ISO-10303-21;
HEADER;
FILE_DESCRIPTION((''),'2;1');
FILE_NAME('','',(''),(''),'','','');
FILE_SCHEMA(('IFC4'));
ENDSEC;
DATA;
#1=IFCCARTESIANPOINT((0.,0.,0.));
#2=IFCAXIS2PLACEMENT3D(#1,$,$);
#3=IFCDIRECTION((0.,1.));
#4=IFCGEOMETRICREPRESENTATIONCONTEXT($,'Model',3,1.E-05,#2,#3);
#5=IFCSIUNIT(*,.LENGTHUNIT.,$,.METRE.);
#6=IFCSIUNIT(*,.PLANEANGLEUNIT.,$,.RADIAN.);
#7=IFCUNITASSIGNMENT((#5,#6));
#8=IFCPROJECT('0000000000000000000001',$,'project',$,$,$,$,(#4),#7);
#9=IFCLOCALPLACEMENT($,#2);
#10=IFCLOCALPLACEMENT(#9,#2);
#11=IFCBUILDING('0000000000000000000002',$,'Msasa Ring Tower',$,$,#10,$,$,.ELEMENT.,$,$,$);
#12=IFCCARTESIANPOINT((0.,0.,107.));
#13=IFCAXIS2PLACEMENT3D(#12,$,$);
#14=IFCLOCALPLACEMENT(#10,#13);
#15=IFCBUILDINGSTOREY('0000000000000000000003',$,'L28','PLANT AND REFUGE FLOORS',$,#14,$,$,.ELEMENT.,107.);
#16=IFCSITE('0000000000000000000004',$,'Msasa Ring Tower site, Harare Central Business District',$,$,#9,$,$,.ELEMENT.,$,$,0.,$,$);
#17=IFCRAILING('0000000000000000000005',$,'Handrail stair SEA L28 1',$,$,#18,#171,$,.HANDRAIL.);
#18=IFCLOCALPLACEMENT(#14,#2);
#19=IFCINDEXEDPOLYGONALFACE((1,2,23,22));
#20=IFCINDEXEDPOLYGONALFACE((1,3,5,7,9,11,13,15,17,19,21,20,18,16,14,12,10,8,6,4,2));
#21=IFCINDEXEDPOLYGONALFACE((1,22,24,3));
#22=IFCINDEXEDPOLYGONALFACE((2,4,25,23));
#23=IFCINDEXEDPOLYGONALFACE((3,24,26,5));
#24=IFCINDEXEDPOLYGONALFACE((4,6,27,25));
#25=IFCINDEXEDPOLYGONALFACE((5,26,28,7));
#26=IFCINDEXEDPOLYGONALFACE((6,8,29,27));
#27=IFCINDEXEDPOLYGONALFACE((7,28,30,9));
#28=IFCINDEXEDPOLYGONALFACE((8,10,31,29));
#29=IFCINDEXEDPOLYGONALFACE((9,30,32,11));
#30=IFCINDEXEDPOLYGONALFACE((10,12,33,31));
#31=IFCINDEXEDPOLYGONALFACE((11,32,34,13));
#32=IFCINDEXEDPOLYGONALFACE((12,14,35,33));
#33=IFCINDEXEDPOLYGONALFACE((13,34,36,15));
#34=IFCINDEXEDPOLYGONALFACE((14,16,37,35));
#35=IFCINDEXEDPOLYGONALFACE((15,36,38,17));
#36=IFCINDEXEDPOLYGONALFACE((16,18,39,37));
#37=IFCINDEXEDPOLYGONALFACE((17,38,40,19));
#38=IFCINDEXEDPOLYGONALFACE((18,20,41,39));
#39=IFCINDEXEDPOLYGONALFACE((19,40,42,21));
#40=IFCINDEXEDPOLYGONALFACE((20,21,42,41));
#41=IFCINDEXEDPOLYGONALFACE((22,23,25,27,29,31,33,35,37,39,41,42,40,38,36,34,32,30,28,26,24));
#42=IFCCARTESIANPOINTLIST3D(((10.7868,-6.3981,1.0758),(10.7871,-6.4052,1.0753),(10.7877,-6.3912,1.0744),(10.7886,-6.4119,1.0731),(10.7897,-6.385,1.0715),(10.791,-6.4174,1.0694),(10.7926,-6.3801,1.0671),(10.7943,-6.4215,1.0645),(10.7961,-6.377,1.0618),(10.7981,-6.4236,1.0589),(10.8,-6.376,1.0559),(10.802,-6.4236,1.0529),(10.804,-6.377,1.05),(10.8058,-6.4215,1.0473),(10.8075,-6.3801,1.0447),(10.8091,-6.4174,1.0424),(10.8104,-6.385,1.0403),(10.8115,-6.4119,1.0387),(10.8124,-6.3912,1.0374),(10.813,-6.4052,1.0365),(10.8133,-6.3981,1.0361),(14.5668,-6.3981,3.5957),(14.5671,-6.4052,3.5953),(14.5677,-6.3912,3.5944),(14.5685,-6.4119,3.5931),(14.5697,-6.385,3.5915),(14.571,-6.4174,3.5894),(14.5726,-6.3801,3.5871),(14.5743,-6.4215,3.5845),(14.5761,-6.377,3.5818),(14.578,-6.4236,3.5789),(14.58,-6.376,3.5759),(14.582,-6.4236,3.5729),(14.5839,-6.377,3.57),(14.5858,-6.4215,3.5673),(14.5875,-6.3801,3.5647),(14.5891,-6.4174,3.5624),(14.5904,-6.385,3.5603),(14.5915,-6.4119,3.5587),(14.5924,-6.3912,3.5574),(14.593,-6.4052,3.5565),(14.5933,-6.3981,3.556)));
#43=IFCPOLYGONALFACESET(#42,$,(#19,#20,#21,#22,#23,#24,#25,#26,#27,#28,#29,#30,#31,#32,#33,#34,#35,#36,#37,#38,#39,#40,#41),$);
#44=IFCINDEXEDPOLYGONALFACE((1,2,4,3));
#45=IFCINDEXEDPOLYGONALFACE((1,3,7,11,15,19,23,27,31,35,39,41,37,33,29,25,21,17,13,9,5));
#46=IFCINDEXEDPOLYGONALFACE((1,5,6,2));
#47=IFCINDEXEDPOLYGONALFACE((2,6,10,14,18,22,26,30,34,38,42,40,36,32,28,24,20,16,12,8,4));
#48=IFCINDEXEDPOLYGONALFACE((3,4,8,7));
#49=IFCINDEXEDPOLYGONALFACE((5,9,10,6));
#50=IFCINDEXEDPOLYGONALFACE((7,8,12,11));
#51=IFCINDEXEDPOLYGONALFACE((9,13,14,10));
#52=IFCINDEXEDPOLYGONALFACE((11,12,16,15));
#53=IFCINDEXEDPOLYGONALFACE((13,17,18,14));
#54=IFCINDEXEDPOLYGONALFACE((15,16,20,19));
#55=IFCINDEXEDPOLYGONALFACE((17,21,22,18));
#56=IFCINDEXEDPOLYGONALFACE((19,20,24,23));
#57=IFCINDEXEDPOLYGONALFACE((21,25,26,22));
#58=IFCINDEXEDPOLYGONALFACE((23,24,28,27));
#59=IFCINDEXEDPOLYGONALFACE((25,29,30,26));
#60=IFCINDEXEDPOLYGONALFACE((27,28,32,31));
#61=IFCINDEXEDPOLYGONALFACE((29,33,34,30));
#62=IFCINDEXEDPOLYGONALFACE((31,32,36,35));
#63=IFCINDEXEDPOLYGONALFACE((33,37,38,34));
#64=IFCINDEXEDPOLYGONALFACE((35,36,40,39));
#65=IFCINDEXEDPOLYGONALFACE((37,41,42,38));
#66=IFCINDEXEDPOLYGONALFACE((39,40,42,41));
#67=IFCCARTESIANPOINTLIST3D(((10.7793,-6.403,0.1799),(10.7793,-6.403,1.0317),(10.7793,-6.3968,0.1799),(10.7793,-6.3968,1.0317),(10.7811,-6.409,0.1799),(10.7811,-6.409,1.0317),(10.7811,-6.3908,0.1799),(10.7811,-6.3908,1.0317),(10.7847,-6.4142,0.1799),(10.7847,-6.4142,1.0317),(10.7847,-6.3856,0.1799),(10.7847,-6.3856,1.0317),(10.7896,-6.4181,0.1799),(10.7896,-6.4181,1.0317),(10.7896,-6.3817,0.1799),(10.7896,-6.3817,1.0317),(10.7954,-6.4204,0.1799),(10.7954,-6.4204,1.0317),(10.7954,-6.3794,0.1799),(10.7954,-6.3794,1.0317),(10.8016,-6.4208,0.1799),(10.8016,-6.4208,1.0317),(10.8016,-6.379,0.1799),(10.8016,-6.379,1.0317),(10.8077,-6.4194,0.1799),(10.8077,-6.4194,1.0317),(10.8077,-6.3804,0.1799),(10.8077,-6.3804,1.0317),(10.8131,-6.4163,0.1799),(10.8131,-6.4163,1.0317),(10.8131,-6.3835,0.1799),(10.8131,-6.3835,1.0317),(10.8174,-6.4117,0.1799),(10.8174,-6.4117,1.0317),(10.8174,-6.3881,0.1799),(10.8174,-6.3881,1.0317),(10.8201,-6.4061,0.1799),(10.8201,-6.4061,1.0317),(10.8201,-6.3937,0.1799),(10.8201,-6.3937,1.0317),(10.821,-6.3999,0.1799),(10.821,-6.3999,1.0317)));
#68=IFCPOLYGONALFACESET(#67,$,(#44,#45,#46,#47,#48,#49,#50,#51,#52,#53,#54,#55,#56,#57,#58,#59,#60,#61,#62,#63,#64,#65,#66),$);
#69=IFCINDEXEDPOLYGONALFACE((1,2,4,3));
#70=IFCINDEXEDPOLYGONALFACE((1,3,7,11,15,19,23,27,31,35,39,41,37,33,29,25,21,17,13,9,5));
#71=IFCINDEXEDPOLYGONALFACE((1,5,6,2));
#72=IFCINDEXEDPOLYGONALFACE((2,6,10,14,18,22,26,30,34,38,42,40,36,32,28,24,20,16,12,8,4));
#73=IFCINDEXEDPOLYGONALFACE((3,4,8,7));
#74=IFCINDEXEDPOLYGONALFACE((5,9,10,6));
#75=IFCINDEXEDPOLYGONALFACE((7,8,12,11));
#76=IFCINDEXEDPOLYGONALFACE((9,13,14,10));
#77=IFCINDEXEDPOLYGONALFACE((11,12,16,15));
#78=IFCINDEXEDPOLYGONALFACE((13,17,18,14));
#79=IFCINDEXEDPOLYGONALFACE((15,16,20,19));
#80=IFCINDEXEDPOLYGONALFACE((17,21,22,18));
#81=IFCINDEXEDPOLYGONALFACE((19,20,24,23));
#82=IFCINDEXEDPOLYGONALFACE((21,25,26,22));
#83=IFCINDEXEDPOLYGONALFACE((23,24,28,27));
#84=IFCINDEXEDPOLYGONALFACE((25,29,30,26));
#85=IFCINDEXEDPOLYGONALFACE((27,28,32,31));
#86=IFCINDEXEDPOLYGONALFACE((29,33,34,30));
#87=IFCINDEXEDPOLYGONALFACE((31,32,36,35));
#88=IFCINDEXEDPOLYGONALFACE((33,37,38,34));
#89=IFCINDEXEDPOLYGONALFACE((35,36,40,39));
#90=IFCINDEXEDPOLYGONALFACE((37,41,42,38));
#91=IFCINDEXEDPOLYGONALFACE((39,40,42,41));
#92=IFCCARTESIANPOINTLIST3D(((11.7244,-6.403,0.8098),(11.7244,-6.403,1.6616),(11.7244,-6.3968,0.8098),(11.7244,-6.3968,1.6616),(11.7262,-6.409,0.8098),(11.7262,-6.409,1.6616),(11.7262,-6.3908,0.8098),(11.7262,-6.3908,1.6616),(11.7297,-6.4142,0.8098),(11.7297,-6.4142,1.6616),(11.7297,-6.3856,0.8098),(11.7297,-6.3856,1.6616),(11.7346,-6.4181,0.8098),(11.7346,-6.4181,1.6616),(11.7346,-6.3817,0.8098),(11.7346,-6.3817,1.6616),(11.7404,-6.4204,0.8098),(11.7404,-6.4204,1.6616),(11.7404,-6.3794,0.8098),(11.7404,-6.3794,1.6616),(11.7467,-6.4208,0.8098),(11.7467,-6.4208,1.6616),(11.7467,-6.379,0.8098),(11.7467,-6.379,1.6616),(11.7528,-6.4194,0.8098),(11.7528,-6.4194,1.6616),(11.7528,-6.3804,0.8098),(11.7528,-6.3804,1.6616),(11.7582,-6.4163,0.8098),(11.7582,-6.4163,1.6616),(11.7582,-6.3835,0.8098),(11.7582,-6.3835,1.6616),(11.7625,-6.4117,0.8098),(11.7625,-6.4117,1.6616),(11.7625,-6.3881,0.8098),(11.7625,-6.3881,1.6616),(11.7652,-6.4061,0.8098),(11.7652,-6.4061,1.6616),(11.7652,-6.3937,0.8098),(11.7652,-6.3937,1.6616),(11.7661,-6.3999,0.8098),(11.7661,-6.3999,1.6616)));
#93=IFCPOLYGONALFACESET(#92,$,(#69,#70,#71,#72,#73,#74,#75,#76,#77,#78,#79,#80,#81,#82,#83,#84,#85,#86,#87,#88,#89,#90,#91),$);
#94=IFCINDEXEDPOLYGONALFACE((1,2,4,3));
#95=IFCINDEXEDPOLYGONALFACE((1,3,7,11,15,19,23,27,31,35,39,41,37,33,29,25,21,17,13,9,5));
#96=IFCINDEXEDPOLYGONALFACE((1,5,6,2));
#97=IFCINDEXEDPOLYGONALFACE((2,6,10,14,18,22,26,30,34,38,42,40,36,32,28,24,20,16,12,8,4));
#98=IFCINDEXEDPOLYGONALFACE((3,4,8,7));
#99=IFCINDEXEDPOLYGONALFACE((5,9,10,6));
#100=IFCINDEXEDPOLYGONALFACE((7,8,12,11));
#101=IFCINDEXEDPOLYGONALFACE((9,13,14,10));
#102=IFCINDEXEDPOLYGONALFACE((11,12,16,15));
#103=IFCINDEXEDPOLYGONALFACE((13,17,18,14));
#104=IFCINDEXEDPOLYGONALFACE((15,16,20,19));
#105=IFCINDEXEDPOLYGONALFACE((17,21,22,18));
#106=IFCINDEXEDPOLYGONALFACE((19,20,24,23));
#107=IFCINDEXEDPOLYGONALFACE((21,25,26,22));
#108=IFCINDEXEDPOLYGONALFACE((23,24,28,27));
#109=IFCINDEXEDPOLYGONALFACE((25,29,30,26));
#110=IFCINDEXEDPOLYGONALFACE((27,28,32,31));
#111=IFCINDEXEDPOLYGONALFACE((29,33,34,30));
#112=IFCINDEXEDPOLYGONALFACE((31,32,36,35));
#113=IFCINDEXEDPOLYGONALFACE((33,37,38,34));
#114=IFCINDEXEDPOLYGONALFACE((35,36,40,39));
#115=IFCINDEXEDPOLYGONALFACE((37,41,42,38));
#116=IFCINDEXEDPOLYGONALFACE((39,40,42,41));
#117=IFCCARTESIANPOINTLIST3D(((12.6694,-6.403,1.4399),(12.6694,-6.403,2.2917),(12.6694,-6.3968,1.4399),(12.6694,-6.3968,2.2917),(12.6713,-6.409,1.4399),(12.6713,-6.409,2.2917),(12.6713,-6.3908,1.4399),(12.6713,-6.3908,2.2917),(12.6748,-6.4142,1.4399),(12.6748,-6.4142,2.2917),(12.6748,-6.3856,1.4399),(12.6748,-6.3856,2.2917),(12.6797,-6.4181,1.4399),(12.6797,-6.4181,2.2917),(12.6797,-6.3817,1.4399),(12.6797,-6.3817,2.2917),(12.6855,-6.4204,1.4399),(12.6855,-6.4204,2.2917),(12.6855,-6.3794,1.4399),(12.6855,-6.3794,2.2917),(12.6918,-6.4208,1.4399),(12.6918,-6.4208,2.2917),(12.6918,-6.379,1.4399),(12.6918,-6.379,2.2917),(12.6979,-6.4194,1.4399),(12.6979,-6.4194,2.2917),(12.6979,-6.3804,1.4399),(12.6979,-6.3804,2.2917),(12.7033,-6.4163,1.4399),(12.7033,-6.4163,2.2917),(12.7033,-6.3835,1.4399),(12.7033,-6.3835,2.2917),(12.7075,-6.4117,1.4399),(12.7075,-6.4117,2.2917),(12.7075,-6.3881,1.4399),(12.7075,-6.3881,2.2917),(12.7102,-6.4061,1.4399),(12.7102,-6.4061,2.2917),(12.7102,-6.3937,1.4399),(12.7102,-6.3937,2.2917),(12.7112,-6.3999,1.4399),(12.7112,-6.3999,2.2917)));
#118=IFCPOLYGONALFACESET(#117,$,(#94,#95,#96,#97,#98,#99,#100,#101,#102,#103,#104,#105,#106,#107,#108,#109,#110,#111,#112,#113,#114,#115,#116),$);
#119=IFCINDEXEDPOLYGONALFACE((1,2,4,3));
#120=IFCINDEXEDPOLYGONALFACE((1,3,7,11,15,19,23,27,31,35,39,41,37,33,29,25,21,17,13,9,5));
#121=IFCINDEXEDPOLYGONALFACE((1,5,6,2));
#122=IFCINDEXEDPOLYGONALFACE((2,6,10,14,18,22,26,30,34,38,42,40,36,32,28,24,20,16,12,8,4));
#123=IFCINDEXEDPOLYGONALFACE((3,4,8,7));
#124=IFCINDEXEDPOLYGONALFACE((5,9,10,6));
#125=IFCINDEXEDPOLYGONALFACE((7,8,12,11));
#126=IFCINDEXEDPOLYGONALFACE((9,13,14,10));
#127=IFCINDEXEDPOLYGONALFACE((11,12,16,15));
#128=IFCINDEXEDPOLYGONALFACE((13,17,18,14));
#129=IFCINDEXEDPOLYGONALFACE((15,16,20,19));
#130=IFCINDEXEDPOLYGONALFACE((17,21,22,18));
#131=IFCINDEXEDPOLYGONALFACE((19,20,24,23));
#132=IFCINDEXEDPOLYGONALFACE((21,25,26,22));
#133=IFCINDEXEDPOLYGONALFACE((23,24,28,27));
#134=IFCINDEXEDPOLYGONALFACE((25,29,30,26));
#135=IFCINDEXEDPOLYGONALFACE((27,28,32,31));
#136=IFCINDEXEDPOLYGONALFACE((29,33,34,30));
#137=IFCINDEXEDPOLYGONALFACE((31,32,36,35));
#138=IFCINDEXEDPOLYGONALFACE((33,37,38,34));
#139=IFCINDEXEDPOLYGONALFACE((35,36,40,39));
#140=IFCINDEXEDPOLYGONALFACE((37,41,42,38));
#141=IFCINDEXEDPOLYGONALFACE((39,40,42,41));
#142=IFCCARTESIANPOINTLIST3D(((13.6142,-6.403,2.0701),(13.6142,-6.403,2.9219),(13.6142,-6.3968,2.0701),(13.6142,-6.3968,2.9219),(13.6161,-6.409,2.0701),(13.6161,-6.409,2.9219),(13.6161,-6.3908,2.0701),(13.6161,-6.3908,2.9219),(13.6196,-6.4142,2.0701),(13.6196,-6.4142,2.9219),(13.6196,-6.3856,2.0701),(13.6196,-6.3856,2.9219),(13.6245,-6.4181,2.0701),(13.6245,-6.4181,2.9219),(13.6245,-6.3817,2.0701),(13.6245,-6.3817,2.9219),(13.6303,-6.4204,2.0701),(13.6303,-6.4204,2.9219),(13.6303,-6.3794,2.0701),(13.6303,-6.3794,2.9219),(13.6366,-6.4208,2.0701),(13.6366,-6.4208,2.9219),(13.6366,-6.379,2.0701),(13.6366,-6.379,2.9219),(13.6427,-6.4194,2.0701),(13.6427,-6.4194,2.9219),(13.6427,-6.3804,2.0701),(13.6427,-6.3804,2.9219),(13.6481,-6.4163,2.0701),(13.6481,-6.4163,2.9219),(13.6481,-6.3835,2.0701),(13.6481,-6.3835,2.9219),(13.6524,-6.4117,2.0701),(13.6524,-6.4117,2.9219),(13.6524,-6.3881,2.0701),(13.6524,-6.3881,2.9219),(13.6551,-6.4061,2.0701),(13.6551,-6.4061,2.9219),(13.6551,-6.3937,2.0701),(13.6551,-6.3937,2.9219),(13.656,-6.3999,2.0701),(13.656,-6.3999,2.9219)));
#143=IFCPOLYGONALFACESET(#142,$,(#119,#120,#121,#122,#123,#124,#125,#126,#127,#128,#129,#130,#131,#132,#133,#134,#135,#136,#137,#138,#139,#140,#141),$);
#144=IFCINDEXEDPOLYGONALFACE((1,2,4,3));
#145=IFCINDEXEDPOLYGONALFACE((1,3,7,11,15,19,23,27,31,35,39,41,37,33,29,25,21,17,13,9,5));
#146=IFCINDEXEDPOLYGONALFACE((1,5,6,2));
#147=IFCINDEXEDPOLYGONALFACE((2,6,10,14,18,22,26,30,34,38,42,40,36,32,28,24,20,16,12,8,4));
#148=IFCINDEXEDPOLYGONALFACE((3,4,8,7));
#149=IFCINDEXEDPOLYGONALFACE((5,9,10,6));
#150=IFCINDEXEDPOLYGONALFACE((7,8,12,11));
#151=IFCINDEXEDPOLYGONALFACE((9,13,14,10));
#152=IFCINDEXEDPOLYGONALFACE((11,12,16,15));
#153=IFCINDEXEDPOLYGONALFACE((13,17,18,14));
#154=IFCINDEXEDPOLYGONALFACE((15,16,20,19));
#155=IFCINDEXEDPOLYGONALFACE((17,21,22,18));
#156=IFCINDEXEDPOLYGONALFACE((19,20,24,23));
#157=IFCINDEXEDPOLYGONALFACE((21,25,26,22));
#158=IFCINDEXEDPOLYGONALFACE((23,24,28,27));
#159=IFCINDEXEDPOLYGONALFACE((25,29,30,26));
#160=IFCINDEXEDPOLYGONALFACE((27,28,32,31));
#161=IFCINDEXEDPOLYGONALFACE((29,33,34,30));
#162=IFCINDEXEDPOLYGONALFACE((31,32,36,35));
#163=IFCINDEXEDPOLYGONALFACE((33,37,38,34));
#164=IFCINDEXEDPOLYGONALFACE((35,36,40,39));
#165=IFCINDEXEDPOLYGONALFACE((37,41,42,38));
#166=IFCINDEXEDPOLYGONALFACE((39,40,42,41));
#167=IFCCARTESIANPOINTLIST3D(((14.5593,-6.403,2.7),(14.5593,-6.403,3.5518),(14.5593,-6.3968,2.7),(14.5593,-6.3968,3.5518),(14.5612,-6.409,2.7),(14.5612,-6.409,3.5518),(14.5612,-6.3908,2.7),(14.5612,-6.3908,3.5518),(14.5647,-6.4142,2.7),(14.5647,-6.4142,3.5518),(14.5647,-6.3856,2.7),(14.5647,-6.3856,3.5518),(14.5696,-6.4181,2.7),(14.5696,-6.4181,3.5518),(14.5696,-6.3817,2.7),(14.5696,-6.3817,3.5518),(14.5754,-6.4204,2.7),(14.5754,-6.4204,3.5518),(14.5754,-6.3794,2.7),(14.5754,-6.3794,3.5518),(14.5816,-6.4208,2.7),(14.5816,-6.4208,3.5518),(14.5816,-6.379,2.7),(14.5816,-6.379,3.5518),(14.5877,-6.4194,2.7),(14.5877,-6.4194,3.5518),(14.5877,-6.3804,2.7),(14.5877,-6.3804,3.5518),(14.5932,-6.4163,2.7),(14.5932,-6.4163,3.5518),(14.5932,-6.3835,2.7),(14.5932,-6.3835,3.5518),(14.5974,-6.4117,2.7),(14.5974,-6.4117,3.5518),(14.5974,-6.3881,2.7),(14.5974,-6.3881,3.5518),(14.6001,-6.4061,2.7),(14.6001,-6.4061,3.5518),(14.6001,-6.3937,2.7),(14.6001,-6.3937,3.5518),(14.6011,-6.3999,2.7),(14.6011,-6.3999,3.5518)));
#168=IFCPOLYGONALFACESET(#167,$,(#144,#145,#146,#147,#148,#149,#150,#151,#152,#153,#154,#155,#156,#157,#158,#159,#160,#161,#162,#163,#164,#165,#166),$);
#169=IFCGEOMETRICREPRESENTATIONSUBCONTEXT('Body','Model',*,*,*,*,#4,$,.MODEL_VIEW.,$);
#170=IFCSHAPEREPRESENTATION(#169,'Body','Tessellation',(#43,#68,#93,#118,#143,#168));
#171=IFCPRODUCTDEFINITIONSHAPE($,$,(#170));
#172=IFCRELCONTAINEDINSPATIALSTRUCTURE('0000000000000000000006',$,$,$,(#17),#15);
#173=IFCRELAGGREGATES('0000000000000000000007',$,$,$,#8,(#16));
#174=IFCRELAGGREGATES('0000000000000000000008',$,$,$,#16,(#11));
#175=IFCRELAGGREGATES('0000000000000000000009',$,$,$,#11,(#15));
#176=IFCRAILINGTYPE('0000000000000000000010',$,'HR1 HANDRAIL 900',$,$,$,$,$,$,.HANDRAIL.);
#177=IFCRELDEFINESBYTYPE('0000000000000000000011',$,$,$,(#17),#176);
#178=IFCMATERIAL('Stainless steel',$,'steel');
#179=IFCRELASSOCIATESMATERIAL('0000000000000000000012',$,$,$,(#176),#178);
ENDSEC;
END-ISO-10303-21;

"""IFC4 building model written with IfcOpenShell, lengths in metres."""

from ifc_helpers import new_model, si_unit, direction, frame, origin, origin_2d, place, context, subcontext, project, spatial, circle, extrude, material, type_object, element, save


model = new_model("IFC4")

# Units and contexts
model_context = context("Model", 3, precision=1e-05, world=origin(), true_north=direction((0.0, 1.0)))
body_context = subcontext(model_context, "Body", "Model", "MODEL_VIEW")
ifc_project = project(units=[si_unit("LENGTHUNIT", "METRE"), si_unit("PLANEANGLEUNIT", "RADIAN")], contexts=[model_context])

# Site, building, storey
site_placement = place(None, origin())
site = spatial("IfcSite", under=ifc_project, at=site_placement, Name="Msasa Ring Tower site, Harare Central Business District", CompositionType="ELEMENT", RefElevation=0.0)
building_placement = place(site_placement, origin())
building = spatial("IfcBuilding", under=site, at=building_placement, Name="Msasa Ring Tower", CompositionType="ELEMENT")
storey_placement = place(building_placement, frame((0.0, 0.0, 107.0)))
storey = spatial("IfcBuildingStorey", under=building, at=storey_placement, Name="L28", Description="PLANT AND REFUGE FLOORS", CompositionType="ELEMENT", Elevation=107.0)

# Railing
ifc_material_1 = material(Name="Stainless steel", Category="steel")
railing_type = type_object("IfcRailingType", Name="HR1 HANDRAIL 900", PredefinedType="HANDRAIL", material=ifc_material_1)
for number, where, name in (
    (1, (10.8, -6.3999, 0.1799), "Handrail stair SEA L28 1"),
):
    element("IfcRailing", number, at=place(storey_placement, frame(where)), inside=storey, type_object=railing_type, Name=name, PredefinedType="HANDRAIL", context=body_context, shape_type="SweptSolid", body=[
        extrude(circle(Radius=0.0239, at=origin_2d()), frame((0.0, 0.0, 0.876), z_axis=(0.83205, 0.0, 0.5547), x_axis=(0.0, 1.0, 0.0)), (0.0, 0.0, 1.0), 4.543),
        extrude(circle(Radius=0.021, at=origin_2d()), origin(), (0.0, 0.0, 1.0), 0.8518),
        extrude(circle(Radius=0.021, at=origin_2d()), frame((0.9451, 0.0, 0.6299)), (0.0, 0.0, 1.0), 0.8518),
        extrude(circle(Radius=0.021, at=origin_2d()), frame((1.8901, 0.0, 1.26)), (0.0, 0.0, 1.0), 0.8518),
        extrude(circle(Radius=0.021, at=origin_2d()), frame((2.835, 0.0, 1.8901)), (0.0, 0.0, 1.0), 0.8518),
        extrude(circle(Radius=0.021, at=origin_2d()), frame((3.78, 0.0, 2.52)), (0.0, 0.0, 1.0), 0.8518),
    ])

save(model, "model.ifc")
